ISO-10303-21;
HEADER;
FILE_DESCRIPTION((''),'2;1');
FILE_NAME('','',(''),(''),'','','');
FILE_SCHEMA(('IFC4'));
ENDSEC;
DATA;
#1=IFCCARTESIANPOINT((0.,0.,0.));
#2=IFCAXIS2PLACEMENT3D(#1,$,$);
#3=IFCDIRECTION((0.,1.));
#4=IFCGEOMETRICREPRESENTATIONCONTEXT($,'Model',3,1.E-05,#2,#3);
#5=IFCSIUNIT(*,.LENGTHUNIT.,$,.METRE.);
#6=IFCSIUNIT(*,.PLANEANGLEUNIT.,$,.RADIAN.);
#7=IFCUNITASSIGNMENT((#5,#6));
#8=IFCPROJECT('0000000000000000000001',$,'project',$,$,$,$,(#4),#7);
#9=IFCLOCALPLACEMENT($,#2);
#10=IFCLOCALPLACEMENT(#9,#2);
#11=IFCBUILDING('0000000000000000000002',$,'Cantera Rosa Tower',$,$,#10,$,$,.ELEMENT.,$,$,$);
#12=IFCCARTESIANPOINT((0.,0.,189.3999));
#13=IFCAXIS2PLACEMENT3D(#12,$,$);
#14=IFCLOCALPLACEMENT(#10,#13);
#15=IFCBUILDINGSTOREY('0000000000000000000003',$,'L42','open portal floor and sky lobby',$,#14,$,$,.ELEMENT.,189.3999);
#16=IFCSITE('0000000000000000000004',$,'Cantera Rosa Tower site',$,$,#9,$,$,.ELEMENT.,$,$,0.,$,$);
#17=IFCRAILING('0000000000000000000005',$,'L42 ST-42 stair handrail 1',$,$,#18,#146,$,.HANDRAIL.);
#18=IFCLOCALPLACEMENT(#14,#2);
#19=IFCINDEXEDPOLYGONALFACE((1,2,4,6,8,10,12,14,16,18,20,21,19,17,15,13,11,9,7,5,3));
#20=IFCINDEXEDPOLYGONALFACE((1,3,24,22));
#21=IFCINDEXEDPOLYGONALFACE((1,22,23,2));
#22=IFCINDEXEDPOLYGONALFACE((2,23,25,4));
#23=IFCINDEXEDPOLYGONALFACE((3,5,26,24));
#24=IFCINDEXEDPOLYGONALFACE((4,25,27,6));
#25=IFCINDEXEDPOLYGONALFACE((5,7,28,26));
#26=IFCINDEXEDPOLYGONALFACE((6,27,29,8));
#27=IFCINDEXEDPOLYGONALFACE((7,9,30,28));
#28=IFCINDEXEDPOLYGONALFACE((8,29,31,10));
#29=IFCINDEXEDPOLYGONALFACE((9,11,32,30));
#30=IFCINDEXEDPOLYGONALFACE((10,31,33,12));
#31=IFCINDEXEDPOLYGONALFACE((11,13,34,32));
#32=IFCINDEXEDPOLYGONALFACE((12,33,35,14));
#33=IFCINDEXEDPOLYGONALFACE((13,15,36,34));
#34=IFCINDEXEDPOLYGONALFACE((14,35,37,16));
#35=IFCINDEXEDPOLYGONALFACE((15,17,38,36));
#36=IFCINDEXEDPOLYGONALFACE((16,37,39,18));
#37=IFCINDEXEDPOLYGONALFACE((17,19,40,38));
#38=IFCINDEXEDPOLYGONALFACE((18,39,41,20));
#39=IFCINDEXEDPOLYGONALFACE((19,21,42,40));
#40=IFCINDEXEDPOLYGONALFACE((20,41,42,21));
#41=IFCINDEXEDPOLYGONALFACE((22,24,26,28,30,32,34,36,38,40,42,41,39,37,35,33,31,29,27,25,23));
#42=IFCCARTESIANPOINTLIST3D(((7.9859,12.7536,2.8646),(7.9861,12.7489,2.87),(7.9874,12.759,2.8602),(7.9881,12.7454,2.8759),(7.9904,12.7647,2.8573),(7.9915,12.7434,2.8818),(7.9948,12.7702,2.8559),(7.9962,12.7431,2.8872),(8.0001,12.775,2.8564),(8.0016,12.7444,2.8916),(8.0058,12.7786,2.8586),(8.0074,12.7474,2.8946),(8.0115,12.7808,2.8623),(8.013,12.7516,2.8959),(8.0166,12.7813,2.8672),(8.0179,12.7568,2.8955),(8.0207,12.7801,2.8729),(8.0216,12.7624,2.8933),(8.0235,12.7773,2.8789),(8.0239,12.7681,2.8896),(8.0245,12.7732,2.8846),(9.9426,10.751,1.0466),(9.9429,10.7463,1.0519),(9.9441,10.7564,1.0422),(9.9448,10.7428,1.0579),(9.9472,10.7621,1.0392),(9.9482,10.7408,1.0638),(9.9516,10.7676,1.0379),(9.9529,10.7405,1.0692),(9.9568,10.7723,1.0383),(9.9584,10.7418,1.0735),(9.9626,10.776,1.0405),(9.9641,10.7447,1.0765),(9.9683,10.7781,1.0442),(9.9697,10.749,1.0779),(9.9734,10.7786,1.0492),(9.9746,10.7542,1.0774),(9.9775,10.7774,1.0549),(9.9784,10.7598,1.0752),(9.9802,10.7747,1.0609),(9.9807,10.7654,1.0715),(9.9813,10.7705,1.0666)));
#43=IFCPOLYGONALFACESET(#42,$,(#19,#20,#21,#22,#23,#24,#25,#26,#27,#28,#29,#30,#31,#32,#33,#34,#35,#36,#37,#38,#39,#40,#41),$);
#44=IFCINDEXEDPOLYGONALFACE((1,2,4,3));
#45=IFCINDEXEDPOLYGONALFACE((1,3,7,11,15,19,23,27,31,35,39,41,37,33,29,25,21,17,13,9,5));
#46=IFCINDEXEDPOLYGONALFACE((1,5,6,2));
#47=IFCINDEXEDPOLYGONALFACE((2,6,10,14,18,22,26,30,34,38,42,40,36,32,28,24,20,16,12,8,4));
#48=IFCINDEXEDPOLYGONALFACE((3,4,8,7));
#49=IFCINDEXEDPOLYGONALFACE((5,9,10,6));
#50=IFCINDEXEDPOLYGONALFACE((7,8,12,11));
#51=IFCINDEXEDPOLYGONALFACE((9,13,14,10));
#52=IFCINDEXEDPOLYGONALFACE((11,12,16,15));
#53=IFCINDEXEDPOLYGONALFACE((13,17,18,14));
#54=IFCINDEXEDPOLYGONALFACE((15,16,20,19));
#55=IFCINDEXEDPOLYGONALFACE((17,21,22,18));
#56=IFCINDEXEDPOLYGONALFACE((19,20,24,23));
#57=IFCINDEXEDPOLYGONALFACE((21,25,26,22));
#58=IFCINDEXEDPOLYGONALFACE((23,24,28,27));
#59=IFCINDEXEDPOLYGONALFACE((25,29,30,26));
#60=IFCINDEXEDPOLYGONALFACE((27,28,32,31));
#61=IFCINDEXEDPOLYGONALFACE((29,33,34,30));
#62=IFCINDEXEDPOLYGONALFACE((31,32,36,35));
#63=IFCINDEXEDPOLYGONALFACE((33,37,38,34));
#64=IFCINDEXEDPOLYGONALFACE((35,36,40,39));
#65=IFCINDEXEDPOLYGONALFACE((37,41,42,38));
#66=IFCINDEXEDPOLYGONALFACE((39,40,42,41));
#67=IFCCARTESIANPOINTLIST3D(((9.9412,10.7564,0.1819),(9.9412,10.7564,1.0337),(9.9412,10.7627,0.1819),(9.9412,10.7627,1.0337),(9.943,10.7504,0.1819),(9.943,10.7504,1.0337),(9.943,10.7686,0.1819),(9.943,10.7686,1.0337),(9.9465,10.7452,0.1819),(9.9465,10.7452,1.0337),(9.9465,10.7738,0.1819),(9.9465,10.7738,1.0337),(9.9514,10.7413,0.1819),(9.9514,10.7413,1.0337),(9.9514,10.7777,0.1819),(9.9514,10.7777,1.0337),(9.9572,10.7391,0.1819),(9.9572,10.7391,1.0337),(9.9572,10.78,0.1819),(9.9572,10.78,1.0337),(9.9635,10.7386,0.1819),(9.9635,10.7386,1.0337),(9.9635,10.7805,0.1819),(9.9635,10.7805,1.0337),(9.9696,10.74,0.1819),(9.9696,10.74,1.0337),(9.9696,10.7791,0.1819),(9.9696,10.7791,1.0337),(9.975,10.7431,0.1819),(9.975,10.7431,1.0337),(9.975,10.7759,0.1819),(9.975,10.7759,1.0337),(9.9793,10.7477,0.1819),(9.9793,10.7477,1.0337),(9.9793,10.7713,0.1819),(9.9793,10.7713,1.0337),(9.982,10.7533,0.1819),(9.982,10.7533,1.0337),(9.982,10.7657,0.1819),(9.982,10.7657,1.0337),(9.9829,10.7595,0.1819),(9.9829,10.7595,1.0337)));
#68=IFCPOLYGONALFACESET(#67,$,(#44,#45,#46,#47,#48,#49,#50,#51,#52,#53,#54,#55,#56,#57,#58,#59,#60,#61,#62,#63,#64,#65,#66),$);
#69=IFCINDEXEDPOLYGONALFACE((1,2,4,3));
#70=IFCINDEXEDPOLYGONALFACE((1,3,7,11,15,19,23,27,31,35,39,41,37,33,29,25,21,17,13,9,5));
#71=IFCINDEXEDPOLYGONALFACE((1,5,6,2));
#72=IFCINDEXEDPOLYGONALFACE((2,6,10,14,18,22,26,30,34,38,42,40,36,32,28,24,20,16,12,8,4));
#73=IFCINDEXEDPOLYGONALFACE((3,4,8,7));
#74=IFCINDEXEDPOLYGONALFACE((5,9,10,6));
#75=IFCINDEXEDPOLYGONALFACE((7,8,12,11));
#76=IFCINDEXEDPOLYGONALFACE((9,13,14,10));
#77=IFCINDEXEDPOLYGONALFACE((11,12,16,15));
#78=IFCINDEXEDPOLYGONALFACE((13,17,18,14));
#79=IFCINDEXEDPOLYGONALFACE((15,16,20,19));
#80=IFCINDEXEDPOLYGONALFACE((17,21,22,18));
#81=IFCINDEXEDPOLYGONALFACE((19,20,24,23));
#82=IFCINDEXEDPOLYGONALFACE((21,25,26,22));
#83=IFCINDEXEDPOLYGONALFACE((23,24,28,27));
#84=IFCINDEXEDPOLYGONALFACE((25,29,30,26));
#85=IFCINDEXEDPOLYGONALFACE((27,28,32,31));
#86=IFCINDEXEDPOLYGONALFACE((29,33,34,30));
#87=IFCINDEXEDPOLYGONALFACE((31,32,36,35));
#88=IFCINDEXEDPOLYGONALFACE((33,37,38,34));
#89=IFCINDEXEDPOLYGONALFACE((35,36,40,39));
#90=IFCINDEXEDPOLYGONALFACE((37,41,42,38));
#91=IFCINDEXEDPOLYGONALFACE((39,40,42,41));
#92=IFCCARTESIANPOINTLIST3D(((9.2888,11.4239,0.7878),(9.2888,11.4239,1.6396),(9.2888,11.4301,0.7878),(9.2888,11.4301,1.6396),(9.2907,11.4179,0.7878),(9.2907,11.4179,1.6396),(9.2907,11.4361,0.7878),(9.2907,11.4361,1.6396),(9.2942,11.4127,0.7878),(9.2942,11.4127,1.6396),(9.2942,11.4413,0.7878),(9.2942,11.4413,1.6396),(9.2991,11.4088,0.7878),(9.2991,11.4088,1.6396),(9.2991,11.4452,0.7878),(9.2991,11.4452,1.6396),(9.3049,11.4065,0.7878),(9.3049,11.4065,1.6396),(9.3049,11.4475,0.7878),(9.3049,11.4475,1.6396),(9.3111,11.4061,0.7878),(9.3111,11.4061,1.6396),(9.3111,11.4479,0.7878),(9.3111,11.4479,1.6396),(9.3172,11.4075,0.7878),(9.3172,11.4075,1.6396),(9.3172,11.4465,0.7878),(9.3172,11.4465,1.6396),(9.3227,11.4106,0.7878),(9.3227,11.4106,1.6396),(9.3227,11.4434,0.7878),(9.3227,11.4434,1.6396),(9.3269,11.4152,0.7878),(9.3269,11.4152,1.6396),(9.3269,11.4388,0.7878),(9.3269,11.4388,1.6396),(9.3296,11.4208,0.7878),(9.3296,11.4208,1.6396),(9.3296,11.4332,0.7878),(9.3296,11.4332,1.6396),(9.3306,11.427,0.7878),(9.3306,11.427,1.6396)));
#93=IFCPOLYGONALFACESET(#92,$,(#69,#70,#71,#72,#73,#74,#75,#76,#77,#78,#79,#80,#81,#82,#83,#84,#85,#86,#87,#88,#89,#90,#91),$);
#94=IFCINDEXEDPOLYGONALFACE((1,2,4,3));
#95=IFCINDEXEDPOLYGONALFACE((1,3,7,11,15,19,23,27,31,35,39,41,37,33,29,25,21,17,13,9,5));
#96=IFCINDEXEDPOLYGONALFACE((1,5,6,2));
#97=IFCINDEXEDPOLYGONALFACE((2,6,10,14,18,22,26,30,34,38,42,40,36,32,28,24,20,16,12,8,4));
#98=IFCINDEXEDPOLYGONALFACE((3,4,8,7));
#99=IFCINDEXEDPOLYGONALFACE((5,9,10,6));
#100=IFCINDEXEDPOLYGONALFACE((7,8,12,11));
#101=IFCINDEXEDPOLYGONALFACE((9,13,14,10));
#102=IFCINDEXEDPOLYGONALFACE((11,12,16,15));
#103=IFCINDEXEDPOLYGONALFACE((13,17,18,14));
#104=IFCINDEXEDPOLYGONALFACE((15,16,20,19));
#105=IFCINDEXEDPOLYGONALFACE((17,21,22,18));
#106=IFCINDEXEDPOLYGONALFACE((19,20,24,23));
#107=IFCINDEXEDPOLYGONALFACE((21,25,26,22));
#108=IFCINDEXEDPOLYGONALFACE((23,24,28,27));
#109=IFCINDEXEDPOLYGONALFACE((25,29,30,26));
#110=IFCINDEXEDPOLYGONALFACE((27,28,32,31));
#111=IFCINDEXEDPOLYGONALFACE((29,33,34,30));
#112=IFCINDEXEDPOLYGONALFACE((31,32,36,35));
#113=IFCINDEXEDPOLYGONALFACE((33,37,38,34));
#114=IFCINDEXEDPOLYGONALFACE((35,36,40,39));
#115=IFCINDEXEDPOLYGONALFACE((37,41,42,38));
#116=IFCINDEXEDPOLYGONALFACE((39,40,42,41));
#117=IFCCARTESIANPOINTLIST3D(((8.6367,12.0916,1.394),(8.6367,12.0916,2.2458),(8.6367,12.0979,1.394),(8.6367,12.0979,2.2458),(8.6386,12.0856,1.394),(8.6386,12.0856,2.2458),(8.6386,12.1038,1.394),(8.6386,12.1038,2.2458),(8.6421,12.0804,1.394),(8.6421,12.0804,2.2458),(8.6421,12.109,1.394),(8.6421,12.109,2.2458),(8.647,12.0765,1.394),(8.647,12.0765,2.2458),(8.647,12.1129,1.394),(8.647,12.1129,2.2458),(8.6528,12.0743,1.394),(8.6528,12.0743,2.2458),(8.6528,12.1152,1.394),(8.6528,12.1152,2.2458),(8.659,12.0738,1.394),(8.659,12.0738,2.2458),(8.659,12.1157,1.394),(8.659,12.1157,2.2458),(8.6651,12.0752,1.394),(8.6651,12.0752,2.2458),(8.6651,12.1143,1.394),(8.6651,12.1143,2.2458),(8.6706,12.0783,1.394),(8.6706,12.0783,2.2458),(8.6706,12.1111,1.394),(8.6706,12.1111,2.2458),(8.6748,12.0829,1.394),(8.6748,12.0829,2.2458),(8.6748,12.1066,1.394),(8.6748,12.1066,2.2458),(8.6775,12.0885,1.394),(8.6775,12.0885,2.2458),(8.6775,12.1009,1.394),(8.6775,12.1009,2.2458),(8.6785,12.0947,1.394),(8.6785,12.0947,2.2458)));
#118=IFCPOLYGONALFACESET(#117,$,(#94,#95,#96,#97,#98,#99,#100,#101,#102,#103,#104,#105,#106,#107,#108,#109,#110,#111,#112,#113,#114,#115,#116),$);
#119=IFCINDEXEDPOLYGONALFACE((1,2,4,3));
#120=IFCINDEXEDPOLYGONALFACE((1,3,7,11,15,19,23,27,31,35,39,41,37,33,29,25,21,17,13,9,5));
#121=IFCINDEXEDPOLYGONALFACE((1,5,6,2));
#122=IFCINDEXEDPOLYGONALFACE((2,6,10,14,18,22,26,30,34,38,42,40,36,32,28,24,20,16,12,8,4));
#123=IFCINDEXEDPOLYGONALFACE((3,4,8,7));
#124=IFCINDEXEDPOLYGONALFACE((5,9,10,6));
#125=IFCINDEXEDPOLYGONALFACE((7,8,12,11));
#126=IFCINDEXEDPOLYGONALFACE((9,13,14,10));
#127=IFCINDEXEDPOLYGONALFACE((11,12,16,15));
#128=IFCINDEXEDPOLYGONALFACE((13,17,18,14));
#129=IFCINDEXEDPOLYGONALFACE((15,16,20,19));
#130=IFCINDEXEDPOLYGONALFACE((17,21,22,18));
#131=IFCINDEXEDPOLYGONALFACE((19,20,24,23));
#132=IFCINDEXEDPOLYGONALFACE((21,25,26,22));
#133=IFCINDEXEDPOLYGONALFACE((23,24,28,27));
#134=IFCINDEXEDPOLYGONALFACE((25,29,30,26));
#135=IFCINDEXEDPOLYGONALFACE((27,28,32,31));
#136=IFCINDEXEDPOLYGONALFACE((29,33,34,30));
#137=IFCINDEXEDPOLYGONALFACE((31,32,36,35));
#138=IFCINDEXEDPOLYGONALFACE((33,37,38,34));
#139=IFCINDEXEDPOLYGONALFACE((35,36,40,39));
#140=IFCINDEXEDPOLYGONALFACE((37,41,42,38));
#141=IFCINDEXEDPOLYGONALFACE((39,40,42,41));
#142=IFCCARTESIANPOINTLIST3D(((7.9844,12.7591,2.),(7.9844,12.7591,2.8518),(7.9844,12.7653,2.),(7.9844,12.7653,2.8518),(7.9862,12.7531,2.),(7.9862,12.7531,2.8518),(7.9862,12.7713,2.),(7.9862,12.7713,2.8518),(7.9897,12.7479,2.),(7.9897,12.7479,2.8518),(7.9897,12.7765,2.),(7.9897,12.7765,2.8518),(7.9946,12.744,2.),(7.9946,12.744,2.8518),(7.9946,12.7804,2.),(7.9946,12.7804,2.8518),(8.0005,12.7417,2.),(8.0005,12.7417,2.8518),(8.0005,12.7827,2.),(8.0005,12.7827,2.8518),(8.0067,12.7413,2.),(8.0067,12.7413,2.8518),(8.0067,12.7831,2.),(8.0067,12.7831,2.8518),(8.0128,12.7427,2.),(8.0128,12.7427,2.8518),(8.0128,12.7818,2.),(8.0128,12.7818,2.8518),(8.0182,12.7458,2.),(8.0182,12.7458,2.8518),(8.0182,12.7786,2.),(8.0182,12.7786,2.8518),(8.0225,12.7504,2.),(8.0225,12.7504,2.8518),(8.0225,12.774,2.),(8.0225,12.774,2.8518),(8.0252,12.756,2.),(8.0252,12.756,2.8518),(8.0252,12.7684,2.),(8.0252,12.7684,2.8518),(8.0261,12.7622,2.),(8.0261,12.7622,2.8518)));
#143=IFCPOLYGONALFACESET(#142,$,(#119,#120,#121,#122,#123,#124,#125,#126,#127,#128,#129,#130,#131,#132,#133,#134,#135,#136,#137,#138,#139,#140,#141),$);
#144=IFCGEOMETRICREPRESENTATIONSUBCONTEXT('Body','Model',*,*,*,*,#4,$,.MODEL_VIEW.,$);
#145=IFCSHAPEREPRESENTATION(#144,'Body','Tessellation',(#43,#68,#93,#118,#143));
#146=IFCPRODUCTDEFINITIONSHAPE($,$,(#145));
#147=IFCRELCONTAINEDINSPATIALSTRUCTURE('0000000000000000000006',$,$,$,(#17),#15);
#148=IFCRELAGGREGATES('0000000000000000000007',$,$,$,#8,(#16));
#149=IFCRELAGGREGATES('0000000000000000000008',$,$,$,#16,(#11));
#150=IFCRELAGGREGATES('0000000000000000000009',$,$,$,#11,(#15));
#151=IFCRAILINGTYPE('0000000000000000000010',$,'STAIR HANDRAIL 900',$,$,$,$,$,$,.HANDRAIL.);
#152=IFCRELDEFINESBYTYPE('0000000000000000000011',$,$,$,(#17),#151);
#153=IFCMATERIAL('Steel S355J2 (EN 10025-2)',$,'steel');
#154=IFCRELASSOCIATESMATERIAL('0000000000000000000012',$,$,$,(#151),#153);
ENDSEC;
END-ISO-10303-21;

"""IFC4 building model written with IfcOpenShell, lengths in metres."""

from ifc_helpers import new_model, si_unit, direction, frame, origin, origin_2d, place, context, subcontext, project, spatial, circle, extrude, material, type_object, element, save


model = new_model("IFC4")

# Units and contexts
model_context = context("Model", 3, precision=1e-05, world=origin(), true_north=direction((0.0, 1.0)))
body_context = subcontext(model_context, "Body", "Model", "MODEL_VIEW")
ifc_project = project(units=[si_unit("LENGTHUNIT", "METRE"), si_unit("PLANEANGLEUNIT", "RADIAN")], contexts=[model_context])

# Site, building, storey
site_placement = place(None, origin())
site = spatial("IfcSite", under=ifc_project, at=site_placement, Name="Cantera Rosa Tower site", CompositionType="ELEMENT", RefElevation=0.0)
building_placement = place(site_placement, origin())
building = spatial("IfcBuilding", under=site, at=building_placement, Name="Cantera Rosa Tower", CompositionType="ELEMENT")
storey_placement = place(building_placement, frame((0.0, 0.0, 189.3999)))
storey = spatial("IfcBuildingStorey", under=building, at=storey_placement, Name="L42", Description="open portal floor and sky lobby", CompositionType="ELEMENT", Elevation=189.3999)

# Railing
ifc_material_1 = material(Name="Steel S355J2 (EN 10025-2)", Category="steel")
railing_type_1 = type_object("IfcRailingType", Name="STAIR HANDRAIL 900", PredefinedType="HANDRAIL", material=ifc_material_1)
railing_1_placement = place(storey_placement, frame((9.9619, 10.7595, 0.1819)))
element("IfcRailing", 1, at=railing_1_placement, inside=storey, type_object=railing_type_1, Name="L42 ST-42 stair handrail 1", PredefinedType="HANDRAIL", context=body_context, shape_type="SweptSolid", body=[
    extrude(circle(Radius=0.0239, at=origin_2d()), frame((0.0, 0.0, 0.876), z_axis=(-0.586135, 0.599883, 0.544597), x_axis=(-0.715256, -0.698863, 0.0)), (0.0, 0.0, 1.0), 3.3384),
    extrude(circle(Radius=0.021, at=origin_2d()), origin(), (0.0, 0.0, 1.0), 0.8518),
    extrude(circle(Radius=0.021, at=origin_2d()), frame((-0.6523, 0.6675, 0.606)), (0.0, 0.0, 1.0), 0.8518),
    extrude(circle(Radius=0.021, at=origin_2d()), frame((-1.3044, 1.3352, 1.2122)), (0.0, 0.0, 1.0), 0.8518),
    extrude(circle(Radius=0.021, at=origin_2d()), frame((-1.9568, 2.0027, 1.8181)), (0.0, 0.0, 1.0), 0.8518),
])

save(model, "model.ifc")
